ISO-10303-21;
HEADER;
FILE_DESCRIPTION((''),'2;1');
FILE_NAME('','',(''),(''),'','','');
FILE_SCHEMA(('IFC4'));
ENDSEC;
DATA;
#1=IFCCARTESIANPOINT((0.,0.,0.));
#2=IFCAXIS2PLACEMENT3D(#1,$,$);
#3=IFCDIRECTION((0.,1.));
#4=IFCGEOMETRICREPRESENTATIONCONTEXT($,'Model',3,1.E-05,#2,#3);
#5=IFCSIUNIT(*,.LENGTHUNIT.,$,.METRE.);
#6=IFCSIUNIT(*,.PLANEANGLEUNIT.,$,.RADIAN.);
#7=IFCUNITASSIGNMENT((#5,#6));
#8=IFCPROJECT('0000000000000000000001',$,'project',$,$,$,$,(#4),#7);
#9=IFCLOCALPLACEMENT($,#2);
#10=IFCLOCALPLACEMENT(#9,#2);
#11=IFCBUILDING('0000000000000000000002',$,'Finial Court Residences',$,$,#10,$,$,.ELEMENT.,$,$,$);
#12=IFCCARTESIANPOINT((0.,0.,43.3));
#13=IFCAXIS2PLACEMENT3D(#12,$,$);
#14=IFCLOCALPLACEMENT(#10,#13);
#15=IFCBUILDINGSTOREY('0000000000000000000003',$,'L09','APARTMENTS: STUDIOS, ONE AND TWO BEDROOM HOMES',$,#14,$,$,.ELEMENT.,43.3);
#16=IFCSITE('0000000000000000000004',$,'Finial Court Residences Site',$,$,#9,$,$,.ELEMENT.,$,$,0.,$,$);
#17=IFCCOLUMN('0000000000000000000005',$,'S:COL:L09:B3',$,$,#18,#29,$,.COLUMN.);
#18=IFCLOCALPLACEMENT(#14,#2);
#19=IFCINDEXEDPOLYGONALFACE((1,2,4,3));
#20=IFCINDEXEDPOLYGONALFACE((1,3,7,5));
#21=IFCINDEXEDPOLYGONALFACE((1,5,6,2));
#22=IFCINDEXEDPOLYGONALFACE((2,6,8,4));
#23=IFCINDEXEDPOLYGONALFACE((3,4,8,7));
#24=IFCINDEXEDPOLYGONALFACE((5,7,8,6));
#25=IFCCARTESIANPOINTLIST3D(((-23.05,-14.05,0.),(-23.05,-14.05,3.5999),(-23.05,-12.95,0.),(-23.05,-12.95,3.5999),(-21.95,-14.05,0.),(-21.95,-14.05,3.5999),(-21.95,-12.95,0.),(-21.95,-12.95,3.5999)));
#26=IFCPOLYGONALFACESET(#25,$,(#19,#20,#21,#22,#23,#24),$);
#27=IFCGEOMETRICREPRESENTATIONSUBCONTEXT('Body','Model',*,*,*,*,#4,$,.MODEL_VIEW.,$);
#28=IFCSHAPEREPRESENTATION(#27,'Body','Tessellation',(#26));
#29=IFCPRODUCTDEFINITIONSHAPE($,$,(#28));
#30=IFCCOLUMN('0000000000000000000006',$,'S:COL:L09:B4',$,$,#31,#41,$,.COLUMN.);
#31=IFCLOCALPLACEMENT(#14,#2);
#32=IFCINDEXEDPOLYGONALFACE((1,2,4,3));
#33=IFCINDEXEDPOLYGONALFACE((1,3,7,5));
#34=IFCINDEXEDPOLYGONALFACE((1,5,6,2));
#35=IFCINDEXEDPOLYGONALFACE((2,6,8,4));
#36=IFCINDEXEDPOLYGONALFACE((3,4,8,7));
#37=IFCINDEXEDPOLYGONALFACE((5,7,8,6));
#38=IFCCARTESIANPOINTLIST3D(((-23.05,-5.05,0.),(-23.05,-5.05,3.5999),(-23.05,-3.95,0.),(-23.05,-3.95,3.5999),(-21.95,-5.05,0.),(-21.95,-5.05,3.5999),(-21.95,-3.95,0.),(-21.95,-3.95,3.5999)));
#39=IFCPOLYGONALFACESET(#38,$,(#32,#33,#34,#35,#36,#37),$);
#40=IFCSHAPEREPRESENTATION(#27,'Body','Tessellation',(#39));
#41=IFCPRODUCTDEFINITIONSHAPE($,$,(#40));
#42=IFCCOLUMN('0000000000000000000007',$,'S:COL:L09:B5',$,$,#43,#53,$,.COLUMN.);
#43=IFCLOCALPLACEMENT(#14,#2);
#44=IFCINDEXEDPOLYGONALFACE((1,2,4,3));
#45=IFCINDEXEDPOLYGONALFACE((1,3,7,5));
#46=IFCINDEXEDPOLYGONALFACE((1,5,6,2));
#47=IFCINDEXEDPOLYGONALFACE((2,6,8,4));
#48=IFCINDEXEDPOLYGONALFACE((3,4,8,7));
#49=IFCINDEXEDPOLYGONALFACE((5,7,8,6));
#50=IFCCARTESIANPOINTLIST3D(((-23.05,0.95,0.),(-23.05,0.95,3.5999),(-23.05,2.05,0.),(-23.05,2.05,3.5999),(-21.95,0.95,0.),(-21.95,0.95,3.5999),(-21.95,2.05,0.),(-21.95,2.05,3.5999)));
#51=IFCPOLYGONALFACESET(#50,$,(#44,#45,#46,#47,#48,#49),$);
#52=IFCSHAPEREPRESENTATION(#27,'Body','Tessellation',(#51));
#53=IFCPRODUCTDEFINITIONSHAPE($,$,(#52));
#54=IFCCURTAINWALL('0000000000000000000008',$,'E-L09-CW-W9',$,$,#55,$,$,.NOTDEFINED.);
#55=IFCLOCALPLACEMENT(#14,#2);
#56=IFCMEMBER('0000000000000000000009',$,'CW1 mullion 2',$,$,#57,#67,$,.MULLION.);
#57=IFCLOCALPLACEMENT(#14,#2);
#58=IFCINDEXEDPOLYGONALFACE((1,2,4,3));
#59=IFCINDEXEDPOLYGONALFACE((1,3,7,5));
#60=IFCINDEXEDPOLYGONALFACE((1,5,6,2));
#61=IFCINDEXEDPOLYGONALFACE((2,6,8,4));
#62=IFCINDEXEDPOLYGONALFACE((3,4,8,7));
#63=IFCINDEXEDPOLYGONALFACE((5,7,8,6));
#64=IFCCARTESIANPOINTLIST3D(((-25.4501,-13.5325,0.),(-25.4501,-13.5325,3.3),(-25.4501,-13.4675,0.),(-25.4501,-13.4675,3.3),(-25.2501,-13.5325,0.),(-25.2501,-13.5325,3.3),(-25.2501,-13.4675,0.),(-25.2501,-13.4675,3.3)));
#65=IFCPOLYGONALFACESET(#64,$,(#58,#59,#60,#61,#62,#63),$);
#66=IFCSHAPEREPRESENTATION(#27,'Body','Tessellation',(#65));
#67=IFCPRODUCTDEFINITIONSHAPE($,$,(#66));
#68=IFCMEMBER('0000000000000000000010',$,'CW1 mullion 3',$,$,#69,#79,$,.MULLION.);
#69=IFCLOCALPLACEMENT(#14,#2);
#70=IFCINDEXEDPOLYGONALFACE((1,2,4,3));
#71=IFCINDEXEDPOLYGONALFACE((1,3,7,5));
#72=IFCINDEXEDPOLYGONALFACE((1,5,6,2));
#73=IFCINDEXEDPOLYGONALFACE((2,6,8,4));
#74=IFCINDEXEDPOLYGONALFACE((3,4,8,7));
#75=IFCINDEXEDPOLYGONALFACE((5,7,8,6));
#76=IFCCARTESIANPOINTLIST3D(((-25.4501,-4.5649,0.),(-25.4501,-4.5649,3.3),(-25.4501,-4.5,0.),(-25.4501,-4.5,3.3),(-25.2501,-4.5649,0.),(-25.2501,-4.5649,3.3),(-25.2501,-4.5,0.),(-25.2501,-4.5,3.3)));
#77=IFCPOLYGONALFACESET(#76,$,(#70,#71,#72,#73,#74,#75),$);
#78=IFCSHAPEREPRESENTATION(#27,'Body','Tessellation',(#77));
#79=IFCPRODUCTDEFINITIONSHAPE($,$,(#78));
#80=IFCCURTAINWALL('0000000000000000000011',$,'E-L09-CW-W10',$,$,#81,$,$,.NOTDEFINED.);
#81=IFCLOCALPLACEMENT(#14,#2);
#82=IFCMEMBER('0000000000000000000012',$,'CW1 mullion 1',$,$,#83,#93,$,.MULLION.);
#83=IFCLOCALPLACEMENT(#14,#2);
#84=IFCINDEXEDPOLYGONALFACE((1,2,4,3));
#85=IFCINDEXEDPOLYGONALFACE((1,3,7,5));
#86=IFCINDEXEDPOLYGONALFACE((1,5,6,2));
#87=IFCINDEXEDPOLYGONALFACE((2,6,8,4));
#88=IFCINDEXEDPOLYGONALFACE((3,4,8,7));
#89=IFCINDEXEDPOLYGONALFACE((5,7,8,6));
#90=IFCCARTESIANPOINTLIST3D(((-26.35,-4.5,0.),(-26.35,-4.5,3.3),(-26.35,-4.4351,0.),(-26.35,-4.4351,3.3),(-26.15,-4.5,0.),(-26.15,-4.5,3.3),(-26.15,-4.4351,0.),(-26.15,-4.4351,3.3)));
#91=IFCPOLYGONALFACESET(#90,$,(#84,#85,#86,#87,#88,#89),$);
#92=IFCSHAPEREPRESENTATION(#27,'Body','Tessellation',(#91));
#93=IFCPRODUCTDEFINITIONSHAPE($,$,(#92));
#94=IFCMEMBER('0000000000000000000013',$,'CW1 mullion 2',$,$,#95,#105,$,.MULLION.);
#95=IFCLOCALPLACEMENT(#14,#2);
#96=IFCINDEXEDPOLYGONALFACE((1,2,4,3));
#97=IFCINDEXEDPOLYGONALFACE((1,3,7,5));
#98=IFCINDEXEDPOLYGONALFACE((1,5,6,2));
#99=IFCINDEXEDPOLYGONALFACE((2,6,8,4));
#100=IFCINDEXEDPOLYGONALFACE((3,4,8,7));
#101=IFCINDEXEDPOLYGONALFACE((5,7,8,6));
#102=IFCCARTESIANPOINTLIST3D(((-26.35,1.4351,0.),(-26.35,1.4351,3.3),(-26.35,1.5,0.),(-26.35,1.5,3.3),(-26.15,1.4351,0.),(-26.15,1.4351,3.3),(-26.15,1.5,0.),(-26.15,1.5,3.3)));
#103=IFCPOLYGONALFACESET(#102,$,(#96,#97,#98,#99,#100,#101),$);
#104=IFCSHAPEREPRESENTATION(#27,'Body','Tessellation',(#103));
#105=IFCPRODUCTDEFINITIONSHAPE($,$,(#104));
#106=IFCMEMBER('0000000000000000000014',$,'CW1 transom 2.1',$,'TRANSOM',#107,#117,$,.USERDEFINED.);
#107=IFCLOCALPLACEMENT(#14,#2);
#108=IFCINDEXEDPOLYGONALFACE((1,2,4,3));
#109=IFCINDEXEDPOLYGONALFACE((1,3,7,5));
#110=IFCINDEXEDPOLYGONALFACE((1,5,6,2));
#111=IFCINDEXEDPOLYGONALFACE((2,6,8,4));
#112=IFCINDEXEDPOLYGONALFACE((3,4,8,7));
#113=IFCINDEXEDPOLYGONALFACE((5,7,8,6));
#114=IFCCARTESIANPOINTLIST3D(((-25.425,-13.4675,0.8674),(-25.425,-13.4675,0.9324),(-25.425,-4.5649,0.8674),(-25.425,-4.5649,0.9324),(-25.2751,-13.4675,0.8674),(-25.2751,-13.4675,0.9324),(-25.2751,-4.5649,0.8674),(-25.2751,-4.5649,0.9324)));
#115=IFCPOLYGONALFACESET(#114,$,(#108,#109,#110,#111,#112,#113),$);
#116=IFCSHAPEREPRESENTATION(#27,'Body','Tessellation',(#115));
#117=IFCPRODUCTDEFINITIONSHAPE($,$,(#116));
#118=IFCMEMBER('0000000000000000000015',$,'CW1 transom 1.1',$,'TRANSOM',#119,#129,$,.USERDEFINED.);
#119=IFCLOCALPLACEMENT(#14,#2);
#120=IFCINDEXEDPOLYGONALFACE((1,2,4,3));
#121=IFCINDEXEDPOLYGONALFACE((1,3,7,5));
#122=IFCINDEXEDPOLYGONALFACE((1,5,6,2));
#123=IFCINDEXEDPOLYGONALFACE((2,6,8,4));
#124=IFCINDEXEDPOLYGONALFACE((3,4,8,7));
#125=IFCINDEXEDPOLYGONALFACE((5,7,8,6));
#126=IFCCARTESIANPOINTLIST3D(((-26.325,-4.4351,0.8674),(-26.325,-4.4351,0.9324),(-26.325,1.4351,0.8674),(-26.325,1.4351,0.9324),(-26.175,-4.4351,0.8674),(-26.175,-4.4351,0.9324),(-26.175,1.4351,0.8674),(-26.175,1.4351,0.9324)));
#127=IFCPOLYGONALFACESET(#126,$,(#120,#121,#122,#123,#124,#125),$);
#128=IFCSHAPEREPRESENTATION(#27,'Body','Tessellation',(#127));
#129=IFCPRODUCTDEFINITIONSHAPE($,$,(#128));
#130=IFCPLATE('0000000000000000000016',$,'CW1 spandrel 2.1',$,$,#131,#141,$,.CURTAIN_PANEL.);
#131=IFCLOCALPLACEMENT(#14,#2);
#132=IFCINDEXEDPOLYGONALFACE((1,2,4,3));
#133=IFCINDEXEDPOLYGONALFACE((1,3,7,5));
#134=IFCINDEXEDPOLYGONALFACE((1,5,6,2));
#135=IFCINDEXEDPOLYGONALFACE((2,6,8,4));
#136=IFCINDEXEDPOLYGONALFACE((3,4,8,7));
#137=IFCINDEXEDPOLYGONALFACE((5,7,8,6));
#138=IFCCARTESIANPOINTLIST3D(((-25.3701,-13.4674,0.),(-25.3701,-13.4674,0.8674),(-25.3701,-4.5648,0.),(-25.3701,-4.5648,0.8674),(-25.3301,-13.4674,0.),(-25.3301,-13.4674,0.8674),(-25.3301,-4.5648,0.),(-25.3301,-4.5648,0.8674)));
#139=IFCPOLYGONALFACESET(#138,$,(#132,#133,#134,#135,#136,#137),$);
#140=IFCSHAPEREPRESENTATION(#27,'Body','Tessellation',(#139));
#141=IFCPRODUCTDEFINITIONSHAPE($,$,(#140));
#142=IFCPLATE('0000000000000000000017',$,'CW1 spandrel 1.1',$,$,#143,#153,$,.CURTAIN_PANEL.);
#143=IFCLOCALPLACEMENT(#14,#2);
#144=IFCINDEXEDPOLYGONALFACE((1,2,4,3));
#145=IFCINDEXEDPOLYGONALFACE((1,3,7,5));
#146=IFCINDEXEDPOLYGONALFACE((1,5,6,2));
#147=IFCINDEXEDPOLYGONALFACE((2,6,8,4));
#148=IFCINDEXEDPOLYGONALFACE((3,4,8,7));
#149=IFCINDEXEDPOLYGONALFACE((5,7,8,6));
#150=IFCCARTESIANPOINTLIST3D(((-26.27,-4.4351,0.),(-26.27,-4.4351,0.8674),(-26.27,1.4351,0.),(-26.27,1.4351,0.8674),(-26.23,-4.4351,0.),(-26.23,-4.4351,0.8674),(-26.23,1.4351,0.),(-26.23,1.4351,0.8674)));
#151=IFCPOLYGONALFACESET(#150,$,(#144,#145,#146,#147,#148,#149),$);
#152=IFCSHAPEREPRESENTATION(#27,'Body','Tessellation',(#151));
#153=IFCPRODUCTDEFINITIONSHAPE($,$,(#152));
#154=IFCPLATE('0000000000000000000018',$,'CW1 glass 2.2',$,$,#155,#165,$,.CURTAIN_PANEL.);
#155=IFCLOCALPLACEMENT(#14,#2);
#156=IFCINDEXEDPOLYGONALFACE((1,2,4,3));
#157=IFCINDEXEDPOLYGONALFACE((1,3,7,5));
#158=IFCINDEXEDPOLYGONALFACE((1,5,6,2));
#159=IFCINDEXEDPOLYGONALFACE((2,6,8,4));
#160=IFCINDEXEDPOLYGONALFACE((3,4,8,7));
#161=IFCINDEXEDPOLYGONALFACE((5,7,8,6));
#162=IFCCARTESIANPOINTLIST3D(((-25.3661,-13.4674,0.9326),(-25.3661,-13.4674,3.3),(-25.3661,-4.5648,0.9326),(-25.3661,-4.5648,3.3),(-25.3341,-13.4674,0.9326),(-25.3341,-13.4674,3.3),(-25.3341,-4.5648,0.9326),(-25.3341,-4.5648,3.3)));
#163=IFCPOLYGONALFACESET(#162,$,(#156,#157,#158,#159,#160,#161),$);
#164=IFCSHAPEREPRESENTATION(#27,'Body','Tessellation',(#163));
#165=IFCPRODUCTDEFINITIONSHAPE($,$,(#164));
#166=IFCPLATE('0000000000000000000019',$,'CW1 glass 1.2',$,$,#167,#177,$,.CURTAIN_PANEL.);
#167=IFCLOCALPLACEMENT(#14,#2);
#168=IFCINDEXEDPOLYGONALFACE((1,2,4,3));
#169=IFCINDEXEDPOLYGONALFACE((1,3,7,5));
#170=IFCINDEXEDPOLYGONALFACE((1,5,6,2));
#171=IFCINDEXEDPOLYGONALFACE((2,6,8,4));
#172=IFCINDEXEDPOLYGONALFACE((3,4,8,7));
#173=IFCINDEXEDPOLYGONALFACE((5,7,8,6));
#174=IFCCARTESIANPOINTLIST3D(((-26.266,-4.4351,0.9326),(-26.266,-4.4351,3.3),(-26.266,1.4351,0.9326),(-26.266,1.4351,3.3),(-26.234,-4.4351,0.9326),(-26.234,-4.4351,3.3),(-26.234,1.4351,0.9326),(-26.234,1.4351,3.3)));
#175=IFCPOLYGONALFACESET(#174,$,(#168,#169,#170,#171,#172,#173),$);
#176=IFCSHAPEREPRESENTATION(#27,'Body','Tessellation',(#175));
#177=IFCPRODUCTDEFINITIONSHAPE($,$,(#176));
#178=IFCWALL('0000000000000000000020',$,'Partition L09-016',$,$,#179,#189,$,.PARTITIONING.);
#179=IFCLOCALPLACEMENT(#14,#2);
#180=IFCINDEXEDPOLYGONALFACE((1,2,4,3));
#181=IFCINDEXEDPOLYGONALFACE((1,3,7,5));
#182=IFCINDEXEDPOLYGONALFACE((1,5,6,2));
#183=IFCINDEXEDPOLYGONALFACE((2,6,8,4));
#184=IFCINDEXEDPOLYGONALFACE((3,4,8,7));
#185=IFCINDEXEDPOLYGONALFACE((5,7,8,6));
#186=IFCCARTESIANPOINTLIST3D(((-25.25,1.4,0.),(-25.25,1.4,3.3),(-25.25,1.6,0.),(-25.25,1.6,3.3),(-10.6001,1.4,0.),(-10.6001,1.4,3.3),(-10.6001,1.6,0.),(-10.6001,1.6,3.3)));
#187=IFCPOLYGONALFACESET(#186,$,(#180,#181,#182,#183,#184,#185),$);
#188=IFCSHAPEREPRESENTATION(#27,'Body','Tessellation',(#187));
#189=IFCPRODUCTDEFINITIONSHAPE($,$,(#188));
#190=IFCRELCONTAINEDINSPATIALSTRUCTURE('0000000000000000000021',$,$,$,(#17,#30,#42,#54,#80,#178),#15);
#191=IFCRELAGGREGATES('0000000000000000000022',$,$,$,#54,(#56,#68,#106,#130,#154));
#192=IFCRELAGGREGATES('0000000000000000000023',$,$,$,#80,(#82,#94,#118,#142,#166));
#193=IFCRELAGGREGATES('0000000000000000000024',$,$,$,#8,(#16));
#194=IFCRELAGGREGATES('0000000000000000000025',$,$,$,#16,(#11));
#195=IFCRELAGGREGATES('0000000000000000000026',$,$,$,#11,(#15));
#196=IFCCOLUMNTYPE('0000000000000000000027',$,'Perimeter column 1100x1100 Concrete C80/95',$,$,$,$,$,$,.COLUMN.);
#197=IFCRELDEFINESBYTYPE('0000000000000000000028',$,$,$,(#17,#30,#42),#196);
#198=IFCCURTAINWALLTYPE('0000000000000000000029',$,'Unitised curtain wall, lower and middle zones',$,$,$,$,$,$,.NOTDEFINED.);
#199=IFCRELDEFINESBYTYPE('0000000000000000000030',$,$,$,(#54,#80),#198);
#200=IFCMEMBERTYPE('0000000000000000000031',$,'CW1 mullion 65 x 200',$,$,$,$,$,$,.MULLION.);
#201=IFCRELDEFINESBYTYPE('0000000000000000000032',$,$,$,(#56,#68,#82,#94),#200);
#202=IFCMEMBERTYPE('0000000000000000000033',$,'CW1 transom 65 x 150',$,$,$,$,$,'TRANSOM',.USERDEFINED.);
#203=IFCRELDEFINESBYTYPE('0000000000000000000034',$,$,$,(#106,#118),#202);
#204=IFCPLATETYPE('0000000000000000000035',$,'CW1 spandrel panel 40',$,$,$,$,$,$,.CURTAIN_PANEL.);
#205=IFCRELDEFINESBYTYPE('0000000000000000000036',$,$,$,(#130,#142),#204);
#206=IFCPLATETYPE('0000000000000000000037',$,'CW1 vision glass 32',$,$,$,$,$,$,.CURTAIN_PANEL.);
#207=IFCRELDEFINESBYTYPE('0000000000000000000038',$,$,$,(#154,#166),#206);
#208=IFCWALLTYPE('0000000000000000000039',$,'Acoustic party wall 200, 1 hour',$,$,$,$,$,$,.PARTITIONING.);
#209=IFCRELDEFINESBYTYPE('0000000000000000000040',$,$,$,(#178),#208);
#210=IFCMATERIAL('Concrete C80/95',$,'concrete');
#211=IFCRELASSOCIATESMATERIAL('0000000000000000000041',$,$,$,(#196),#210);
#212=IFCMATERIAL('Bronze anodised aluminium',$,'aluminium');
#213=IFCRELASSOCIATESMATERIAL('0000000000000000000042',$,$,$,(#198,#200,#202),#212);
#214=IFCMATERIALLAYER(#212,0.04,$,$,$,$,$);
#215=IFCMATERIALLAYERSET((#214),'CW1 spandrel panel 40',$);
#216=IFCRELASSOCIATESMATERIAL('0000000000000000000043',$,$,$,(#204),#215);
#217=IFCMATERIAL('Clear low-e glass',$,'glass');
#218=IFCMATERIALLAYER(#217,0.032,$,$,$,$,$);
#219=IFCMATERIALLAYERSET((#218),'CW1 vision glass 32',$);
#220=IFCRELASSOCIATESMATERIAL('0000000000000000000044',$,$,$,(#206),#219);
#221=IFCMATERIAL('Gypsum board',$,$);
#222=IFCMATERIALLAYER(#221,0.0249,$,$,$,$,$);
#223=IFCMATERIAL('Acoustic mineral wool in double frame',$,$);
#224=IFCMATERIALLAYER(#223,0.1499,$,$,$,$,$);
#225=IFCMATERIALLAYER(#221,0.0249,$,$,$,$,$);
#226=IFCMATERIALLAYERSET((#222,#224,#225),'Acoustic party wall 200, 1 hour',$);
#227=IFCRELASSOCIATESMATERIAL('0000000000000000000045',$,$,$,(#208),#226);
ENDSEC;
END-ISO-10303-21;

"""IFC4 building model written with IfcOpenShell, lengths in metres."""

from ifc_helpers import new_model, si_unit, direction, frame, frame_2d, origin, origin_2d, place, context, subcontext, project, spatial, rectangle, extrude, material, layer, layer_set, material_profile, profile_set, type_object, element, aggregate, save


model = new_model("IFC4")

# Units and contexts
model_context = context("Model", 3, precision=1e-05, world=origin(), true_north=direction((0.0, 1.0)))
body_context = subcontext(model_context, "Body", "Model", "MODEL_VIEW")
ifc_project = project(units=[si_unit("LENGTHUNIT", "METRE"), si_unit("PLANEANGLEUNIT", "RADIAN")], contexts=[model_context])

# Site, building, storey
site_placement = place(None, origin())
site = spatial("IfcSite", under=ifc_project, at=site_placement, Name="Finial Court Residences Site", CompositionType="ELEMENT", RefElevation=0.0)
building_placement = place(site_placement, origin())
building = spatial("IfcBuilding", under=site, at=building_placement, Name="Finial Court Residences", CompositionType="ELEMENT")
storey_placement = place(building_placement, frame((0.0, 0.0, 43.3)))
storey = spatial("IfcBuildingStorey", under=building, at=storey_placement, Name="L09", Description="APARTMENTS: STUDIOS, ONE AND TWO BEDROOM HOMES", CompositionType="ELEMENT", Elevation=43.3)

# Columns
ifc_material_1 = material(Name="Concrete C80/95", Category="concrete")
ifc_material_profile_1 = material_profile(ifc_material_1, rectangle(XDim=1.1001, YDim=1.1001, at=origin_2d()), Name="1100x1100")
ifc_profile_set_1 = profile_set([ifc_material_profile_1], Name="Concrete C80/95")
column_type = type_object("IfcColumnType", Name="Perimeter column 1100x1100 Concrete C80/95", PredefinedType="COLUMN", material=ifc_profile_set_1)
for number, where, z_axis, x_axis, name in (
    (1, (-22.5, -13.5, 0.0), (0.0, 0.0, 1.0), (1.0, 0.0, 0.0), "S:COL:L09:B3"),
    (2, (-22.5, -4.5, 0.0), (0.0, 0.0, 1.0), (1.0, 0.0, 0.0), "S:COL:L09:B4"),
    (3, (-22.5, 1.5, 0.0), (0.0, 0.0, 1.0), (1.0, 0.0, 0.0), "S:COL:L09:B5"),
):
    element("IfcColumn", number, at=place(storey_placement, frame(where, z_axis=z_axis, x_axis=x_axis)), inside=storey, type_object=column_type, Name=name, PredefinedType="COLUMN", context=body_context, shape_type="SweptSolid", body=[
        extrude(rectangle(XDim=1.1001, YDim=1.1001, at=origin_2d()), origin(), (0.0, 0.0, 1.0), 3.5999),
    ])

# Curtain walls, members
ifc_material_2 = material(Name="Bronze anodised aluminium", Category="aluminium")
curtain_wall_type = type_object("IfcCurtainWallType", Name="Unitised curtain wall, lower and middle zones", PredefinedType="NOTDEFINED", material=ifc_material_2)
curtain_wall_1_placement = place(storey_placement, origin())
curtain_wall_1 = element("IfcCurtainWall", 4, at=curtain_wall_1_placement, inside=storey, type_object=curtain_wall_type, Name="E-L09-CW-W9", PredefinedType="NOTDEFINED")
ifc_material_profile_2 = material_profile(ifc_material_2, rectangle(XDim=0.2, YDim=0.0649, at=origin_2d()), Name="CW1 mullion 65 x 200")
ifc_profile_set_2 = profile_set([ifc_material_profile_2], Name="Bronze anodised aluminium")
member_type_1 = type_object("IfcMemberType", Name="CW1 mullion 65 x 200", PredefinedType="MULLION", material=ifc_profile_set_2)
member_1_placement = place(storey_placement, frame((-25.3501, -13.5, 0.0), z_axis=(0.0, 0.0, 1.0), x_axis=(-1.0, 0.0, 0.0)))
member_1 = element("IfcMember", 5, at=member_1_placement, type_object=member_type_1, Name="CW1 mullion 2", PredefinedType="MULLION", context=body_context, shape_type="SweptSolid", body=[
    extrude(rectangle(XDim=0.2, YDim=0.0649, at=origin_2d()), origin(), (0.0, 0.0, 1.0), 3.3),
])
member_2_placement = place(storey_placement, frame((-25.3501, -4.5325, 0.0), z_axis=(0.0, 0.0, 1.0), x_axis=(-1.0, 0.0, 0.0)))
member_2 = element("IfcMember", 6, at=member_2_placement, type_object=member_type_1, Name="CW1 mullion 3", PredefinedType="MULLION", context=body_context, shape_type="SweptSolid", body=[
    extrude(rectangle(XDim=0.2, YDim=0.0649, at=origin_2d()), origin(), (0.0, 0.0, 1.0), 3.3),
])
curtain_wall_2_placement = place(storey_placement, origin())
curtain_wall_2 = element("IfcCurtainWall", 7, at=curtain_wall_2_placement, inside=storey, type_object=curtain_wall_type, Name="E-L09-CW-W10", PredefinedType="NOTDEFINED")
member_3_placement = place(storey_placement, frame((-26.25, -4.4675, 0.0), z_axis=(0.0, 0.0, 1.0), x_axis=(-1.0, 0.0, 0.0)))
member_3 = element("IfcMember", 8, at=member_3_placement, type_object=member_type_1, Name="CW1 mullion 1", PredefinedType="MULLION", context=body_context, shape_type="SweptSolid", body=[
    extrude(rectangle(XDim=0.2, YDim=0.0649, at=origin_2d()), origin(), (0.0, 0.0, 1.0), 3.3),
])
member_4_placement = place(storey_placement, frame((-26.25, 1.4675, 0.0), z_axis=(0.0, 0.0, 1.0), x_axis=(-1.0, 0.0, 0.0)))
member_4 = element("IfcMember", 9, at=member_4_placement, type_object=member_type_1, Name="CW1 mullion 2", PredefinedType="MULLION", context=body_context, shape_type="SweptSolid", body=[
    extrude(rectangle(XDim=0.2, YDim=0.0649, at=origin_2d()), origin(), (0.0, 0.0, 1.0), 3.3),
])

# Members
ifc_material_profile_3 = material_profile(ifc_material_2, rectangle(XDim=0.1499, YDim=0.0649, at=origin_2d()), Name="CW1 transom 65 x 150")
ifc_profile_set_3 = profile_set([ifc_material_profile_3], Name="Bronze anodised aluminium")
member_type_2 = type_object("IfcMemberType", Name="CW1 transom 65 x 150", ElementType="TRANSOM", PredefinedType="USERDEFINED", material=ifc_profile_set_3)
member_5_placement = place(storey_placement, frame((-25.3501, -13.4675, 0.8999), z_axis=(0.0, 1.0, 0.0), x_axis=(-1.0, 0.0, 0.0)))
member_5 = element("IfcMember", 10, at=member_5_placement, type_object=member_type_2, Name="CW1 transom 2.1", ObjectType="TRANSOM", PredefinedType="USERDEFINED", context=body_context, shape_type="SweptSolid", body=[
    extrude(rectangle(XDim=0.1499, YDim=0.0649, at=origin_2d()), origin(), (0.0, 0.0, 1.0), 8.9026),
])
member_6_placement = place(storey_placement, frame((-26.25, -4.4351, 0.8999), z_axis=(0.0, 1.0, 0.0), x_axis=(-1.0, 0.0, 0.0)))
member_6 = element("IfcMember", 11, at=member_6_placement, type_object=member_type_2, Name="CW1 transom 1.1", ObjectType="TRANSOM", PredefinedType="USERDEFINED", context=body_context, shape_type="SweptSolid", body=[
    extrude(rectangle(XDim=0.1499, YDim=0.0649, at=origin_2d()), origin(), (0.0, 0.0, 1.0), 5.8701),
])

# Plates
ifc_layer_1 = layer(ifc_material_2, 0.04)
ifc_layer_set_1 = layer_set([ifc_layer_1], Name="CW1 spandrel panel 40")
plate_type_1 = type_object("IfcPlateType", Name="CW1 spandrel panel 40", PredefinedType="CURTAIN_PANEL", material=ifc_layer_set_1)
plate_1_placement = place(storey_placement, frame((-25.3501, -9.0161, 0.0), z_axis=(0.0, 0.0, 1.0), x_axis=(0.0, 1.0, 0.0)))
plate_1 = element("IfcPlate", 12, at=plate_1_placement, type_object=plate_type_1, Name="CW1 spandrel 2.1", PredefinedType="CURTAIN_PANEL", context=body_context, shape_type="SweptSolid", body=[
    extrude(rectangle(XDim=8.9026, YDim=0.04, at=origin_2d()), origin(), (0.0, 0.0, 1.0), 0.8674),
])
plate_2_placement = place(storey_placement, frame((-26.25, -1.5, 0.0), z_axis=(0.0, 0.0, 1.0), x_axis=(0.0, 1.0, 0.0)))
plate_2 = element("IfcPlate", 13, at=plate_2_placement, type_object=plate_type_1, Name="CW1 spandrel 1.1", PredefinedType="CURTAIN_PANEL", context=body_context, shape_type="SweptSolid", body=[
    extrude(rectangle(XDim=5.8701, YDim=0.04, at=origin_2d()), origin(), (0.0, 0.0, 1.0), 0.8674),
])
ifc_material_3 = material(Name="Clear low-e glass", Category="glass")
ifc_layer_2 = layer(ifc_material_3, 0.032)
ifc_layer_set_2 = layer_set([ifc_layer_2], Name="CW1 vision glass 32")
plate_type_2 = type_object("IfcPlateType", Name="CW1 vision glass 32", PredefinedType="CURTAIN_PANEL", material=ifc_layer_set_2)
plate_3_placement = place(storey_placement, frame((-25.3501, -9.0161, 0.9326), z_axis=(0.0, 0.0, 1.0), x_axis=(0.0, 1.0, 0.0)))
plate_3 = element("IfcPlate", 14, at=plate_3_placement, type_object=plate_type_2, Name="CW1 glass 2.2", PredefinedType="CURTAIN_PANEL", context=body_context, shape_type="SweptSolid", body=[
    extrude(rectangle(XDim=8.9026, YDim=0.032, at=origin_2d()), origin(), (0.0, 0.0, 1.0), 2.3674),
])
aggregate(curtain_wall_1, [member_1, member_2, member_5, plate_1, plate_3])
plate_4_placement = place(storey_placement, frame((-26.25, -1.5, 0.9326), z_axis=(0.0, 0.0, 1.0), x_axis=(0.0, 1.0, 0.0)))
plate_4 = element("IfcPlate", 15, at=plate_4_placement, type_object=plate_type_2, Name="CW1 glass 1.2", PredefinedType="CURTAIN_PANEL", context=body_context, shape_type="SweptSolid", body=[
    extrude(rectangle(XDim=5.8701, YDim=0.032, at=origin_2d()), origin(), (0.0, 0.0, 1.0), 2.3674),
])
aggregate(curtain_wall_2, [member_3, member_4, member_6, plate_2, plate_4])

# Wall
ifc_material_4 = material(Name="Gypsum board")
ifc_layer_3 = layer(ifc_material_4, 0.0249)
ifc_material_5 = material(Name="Acoustic mineral wool in double frame")
ifc_layer_4 = layer(ifc_material_5, 0.1499)
ifc_layer_5 = layer(ifc_material_4, 0.0249)
ifc_layer_set_3 = layer_set([ifc_layer_3, ifc_layer_4, ifc_layer_5], Name="Acoustic party wall 200, 1 hour")
wall_type_1 = type_object("IfcWallType", Name="Acoustic party wall 200, 1 hour", PredefinedType="PARTITIONING", material=ifc_layer_set_3)
wall_1_placement = place(storey_placement, frame((-25.25, 1.5, 0.0), z_axis=(0.0, 0.0, 1.0), x_axis=(1.0, 0.0, 0.0)))
element("IfcWall", 16, at=wall_1_placement, inside=storey, type_object=wall_type_1, Name="Partition L09-016", PredefinedType="PARTITIONING", context=body_context, shape_type="SweptSolid", body=[
    extrude(rectangle(XDim=14.6499, YDim=0.2, at=frame_2d((7.325, 0.0))), origin(), (0.0, 0.0, 1.0), 3.3),
])

save(model, "model.ifc")
